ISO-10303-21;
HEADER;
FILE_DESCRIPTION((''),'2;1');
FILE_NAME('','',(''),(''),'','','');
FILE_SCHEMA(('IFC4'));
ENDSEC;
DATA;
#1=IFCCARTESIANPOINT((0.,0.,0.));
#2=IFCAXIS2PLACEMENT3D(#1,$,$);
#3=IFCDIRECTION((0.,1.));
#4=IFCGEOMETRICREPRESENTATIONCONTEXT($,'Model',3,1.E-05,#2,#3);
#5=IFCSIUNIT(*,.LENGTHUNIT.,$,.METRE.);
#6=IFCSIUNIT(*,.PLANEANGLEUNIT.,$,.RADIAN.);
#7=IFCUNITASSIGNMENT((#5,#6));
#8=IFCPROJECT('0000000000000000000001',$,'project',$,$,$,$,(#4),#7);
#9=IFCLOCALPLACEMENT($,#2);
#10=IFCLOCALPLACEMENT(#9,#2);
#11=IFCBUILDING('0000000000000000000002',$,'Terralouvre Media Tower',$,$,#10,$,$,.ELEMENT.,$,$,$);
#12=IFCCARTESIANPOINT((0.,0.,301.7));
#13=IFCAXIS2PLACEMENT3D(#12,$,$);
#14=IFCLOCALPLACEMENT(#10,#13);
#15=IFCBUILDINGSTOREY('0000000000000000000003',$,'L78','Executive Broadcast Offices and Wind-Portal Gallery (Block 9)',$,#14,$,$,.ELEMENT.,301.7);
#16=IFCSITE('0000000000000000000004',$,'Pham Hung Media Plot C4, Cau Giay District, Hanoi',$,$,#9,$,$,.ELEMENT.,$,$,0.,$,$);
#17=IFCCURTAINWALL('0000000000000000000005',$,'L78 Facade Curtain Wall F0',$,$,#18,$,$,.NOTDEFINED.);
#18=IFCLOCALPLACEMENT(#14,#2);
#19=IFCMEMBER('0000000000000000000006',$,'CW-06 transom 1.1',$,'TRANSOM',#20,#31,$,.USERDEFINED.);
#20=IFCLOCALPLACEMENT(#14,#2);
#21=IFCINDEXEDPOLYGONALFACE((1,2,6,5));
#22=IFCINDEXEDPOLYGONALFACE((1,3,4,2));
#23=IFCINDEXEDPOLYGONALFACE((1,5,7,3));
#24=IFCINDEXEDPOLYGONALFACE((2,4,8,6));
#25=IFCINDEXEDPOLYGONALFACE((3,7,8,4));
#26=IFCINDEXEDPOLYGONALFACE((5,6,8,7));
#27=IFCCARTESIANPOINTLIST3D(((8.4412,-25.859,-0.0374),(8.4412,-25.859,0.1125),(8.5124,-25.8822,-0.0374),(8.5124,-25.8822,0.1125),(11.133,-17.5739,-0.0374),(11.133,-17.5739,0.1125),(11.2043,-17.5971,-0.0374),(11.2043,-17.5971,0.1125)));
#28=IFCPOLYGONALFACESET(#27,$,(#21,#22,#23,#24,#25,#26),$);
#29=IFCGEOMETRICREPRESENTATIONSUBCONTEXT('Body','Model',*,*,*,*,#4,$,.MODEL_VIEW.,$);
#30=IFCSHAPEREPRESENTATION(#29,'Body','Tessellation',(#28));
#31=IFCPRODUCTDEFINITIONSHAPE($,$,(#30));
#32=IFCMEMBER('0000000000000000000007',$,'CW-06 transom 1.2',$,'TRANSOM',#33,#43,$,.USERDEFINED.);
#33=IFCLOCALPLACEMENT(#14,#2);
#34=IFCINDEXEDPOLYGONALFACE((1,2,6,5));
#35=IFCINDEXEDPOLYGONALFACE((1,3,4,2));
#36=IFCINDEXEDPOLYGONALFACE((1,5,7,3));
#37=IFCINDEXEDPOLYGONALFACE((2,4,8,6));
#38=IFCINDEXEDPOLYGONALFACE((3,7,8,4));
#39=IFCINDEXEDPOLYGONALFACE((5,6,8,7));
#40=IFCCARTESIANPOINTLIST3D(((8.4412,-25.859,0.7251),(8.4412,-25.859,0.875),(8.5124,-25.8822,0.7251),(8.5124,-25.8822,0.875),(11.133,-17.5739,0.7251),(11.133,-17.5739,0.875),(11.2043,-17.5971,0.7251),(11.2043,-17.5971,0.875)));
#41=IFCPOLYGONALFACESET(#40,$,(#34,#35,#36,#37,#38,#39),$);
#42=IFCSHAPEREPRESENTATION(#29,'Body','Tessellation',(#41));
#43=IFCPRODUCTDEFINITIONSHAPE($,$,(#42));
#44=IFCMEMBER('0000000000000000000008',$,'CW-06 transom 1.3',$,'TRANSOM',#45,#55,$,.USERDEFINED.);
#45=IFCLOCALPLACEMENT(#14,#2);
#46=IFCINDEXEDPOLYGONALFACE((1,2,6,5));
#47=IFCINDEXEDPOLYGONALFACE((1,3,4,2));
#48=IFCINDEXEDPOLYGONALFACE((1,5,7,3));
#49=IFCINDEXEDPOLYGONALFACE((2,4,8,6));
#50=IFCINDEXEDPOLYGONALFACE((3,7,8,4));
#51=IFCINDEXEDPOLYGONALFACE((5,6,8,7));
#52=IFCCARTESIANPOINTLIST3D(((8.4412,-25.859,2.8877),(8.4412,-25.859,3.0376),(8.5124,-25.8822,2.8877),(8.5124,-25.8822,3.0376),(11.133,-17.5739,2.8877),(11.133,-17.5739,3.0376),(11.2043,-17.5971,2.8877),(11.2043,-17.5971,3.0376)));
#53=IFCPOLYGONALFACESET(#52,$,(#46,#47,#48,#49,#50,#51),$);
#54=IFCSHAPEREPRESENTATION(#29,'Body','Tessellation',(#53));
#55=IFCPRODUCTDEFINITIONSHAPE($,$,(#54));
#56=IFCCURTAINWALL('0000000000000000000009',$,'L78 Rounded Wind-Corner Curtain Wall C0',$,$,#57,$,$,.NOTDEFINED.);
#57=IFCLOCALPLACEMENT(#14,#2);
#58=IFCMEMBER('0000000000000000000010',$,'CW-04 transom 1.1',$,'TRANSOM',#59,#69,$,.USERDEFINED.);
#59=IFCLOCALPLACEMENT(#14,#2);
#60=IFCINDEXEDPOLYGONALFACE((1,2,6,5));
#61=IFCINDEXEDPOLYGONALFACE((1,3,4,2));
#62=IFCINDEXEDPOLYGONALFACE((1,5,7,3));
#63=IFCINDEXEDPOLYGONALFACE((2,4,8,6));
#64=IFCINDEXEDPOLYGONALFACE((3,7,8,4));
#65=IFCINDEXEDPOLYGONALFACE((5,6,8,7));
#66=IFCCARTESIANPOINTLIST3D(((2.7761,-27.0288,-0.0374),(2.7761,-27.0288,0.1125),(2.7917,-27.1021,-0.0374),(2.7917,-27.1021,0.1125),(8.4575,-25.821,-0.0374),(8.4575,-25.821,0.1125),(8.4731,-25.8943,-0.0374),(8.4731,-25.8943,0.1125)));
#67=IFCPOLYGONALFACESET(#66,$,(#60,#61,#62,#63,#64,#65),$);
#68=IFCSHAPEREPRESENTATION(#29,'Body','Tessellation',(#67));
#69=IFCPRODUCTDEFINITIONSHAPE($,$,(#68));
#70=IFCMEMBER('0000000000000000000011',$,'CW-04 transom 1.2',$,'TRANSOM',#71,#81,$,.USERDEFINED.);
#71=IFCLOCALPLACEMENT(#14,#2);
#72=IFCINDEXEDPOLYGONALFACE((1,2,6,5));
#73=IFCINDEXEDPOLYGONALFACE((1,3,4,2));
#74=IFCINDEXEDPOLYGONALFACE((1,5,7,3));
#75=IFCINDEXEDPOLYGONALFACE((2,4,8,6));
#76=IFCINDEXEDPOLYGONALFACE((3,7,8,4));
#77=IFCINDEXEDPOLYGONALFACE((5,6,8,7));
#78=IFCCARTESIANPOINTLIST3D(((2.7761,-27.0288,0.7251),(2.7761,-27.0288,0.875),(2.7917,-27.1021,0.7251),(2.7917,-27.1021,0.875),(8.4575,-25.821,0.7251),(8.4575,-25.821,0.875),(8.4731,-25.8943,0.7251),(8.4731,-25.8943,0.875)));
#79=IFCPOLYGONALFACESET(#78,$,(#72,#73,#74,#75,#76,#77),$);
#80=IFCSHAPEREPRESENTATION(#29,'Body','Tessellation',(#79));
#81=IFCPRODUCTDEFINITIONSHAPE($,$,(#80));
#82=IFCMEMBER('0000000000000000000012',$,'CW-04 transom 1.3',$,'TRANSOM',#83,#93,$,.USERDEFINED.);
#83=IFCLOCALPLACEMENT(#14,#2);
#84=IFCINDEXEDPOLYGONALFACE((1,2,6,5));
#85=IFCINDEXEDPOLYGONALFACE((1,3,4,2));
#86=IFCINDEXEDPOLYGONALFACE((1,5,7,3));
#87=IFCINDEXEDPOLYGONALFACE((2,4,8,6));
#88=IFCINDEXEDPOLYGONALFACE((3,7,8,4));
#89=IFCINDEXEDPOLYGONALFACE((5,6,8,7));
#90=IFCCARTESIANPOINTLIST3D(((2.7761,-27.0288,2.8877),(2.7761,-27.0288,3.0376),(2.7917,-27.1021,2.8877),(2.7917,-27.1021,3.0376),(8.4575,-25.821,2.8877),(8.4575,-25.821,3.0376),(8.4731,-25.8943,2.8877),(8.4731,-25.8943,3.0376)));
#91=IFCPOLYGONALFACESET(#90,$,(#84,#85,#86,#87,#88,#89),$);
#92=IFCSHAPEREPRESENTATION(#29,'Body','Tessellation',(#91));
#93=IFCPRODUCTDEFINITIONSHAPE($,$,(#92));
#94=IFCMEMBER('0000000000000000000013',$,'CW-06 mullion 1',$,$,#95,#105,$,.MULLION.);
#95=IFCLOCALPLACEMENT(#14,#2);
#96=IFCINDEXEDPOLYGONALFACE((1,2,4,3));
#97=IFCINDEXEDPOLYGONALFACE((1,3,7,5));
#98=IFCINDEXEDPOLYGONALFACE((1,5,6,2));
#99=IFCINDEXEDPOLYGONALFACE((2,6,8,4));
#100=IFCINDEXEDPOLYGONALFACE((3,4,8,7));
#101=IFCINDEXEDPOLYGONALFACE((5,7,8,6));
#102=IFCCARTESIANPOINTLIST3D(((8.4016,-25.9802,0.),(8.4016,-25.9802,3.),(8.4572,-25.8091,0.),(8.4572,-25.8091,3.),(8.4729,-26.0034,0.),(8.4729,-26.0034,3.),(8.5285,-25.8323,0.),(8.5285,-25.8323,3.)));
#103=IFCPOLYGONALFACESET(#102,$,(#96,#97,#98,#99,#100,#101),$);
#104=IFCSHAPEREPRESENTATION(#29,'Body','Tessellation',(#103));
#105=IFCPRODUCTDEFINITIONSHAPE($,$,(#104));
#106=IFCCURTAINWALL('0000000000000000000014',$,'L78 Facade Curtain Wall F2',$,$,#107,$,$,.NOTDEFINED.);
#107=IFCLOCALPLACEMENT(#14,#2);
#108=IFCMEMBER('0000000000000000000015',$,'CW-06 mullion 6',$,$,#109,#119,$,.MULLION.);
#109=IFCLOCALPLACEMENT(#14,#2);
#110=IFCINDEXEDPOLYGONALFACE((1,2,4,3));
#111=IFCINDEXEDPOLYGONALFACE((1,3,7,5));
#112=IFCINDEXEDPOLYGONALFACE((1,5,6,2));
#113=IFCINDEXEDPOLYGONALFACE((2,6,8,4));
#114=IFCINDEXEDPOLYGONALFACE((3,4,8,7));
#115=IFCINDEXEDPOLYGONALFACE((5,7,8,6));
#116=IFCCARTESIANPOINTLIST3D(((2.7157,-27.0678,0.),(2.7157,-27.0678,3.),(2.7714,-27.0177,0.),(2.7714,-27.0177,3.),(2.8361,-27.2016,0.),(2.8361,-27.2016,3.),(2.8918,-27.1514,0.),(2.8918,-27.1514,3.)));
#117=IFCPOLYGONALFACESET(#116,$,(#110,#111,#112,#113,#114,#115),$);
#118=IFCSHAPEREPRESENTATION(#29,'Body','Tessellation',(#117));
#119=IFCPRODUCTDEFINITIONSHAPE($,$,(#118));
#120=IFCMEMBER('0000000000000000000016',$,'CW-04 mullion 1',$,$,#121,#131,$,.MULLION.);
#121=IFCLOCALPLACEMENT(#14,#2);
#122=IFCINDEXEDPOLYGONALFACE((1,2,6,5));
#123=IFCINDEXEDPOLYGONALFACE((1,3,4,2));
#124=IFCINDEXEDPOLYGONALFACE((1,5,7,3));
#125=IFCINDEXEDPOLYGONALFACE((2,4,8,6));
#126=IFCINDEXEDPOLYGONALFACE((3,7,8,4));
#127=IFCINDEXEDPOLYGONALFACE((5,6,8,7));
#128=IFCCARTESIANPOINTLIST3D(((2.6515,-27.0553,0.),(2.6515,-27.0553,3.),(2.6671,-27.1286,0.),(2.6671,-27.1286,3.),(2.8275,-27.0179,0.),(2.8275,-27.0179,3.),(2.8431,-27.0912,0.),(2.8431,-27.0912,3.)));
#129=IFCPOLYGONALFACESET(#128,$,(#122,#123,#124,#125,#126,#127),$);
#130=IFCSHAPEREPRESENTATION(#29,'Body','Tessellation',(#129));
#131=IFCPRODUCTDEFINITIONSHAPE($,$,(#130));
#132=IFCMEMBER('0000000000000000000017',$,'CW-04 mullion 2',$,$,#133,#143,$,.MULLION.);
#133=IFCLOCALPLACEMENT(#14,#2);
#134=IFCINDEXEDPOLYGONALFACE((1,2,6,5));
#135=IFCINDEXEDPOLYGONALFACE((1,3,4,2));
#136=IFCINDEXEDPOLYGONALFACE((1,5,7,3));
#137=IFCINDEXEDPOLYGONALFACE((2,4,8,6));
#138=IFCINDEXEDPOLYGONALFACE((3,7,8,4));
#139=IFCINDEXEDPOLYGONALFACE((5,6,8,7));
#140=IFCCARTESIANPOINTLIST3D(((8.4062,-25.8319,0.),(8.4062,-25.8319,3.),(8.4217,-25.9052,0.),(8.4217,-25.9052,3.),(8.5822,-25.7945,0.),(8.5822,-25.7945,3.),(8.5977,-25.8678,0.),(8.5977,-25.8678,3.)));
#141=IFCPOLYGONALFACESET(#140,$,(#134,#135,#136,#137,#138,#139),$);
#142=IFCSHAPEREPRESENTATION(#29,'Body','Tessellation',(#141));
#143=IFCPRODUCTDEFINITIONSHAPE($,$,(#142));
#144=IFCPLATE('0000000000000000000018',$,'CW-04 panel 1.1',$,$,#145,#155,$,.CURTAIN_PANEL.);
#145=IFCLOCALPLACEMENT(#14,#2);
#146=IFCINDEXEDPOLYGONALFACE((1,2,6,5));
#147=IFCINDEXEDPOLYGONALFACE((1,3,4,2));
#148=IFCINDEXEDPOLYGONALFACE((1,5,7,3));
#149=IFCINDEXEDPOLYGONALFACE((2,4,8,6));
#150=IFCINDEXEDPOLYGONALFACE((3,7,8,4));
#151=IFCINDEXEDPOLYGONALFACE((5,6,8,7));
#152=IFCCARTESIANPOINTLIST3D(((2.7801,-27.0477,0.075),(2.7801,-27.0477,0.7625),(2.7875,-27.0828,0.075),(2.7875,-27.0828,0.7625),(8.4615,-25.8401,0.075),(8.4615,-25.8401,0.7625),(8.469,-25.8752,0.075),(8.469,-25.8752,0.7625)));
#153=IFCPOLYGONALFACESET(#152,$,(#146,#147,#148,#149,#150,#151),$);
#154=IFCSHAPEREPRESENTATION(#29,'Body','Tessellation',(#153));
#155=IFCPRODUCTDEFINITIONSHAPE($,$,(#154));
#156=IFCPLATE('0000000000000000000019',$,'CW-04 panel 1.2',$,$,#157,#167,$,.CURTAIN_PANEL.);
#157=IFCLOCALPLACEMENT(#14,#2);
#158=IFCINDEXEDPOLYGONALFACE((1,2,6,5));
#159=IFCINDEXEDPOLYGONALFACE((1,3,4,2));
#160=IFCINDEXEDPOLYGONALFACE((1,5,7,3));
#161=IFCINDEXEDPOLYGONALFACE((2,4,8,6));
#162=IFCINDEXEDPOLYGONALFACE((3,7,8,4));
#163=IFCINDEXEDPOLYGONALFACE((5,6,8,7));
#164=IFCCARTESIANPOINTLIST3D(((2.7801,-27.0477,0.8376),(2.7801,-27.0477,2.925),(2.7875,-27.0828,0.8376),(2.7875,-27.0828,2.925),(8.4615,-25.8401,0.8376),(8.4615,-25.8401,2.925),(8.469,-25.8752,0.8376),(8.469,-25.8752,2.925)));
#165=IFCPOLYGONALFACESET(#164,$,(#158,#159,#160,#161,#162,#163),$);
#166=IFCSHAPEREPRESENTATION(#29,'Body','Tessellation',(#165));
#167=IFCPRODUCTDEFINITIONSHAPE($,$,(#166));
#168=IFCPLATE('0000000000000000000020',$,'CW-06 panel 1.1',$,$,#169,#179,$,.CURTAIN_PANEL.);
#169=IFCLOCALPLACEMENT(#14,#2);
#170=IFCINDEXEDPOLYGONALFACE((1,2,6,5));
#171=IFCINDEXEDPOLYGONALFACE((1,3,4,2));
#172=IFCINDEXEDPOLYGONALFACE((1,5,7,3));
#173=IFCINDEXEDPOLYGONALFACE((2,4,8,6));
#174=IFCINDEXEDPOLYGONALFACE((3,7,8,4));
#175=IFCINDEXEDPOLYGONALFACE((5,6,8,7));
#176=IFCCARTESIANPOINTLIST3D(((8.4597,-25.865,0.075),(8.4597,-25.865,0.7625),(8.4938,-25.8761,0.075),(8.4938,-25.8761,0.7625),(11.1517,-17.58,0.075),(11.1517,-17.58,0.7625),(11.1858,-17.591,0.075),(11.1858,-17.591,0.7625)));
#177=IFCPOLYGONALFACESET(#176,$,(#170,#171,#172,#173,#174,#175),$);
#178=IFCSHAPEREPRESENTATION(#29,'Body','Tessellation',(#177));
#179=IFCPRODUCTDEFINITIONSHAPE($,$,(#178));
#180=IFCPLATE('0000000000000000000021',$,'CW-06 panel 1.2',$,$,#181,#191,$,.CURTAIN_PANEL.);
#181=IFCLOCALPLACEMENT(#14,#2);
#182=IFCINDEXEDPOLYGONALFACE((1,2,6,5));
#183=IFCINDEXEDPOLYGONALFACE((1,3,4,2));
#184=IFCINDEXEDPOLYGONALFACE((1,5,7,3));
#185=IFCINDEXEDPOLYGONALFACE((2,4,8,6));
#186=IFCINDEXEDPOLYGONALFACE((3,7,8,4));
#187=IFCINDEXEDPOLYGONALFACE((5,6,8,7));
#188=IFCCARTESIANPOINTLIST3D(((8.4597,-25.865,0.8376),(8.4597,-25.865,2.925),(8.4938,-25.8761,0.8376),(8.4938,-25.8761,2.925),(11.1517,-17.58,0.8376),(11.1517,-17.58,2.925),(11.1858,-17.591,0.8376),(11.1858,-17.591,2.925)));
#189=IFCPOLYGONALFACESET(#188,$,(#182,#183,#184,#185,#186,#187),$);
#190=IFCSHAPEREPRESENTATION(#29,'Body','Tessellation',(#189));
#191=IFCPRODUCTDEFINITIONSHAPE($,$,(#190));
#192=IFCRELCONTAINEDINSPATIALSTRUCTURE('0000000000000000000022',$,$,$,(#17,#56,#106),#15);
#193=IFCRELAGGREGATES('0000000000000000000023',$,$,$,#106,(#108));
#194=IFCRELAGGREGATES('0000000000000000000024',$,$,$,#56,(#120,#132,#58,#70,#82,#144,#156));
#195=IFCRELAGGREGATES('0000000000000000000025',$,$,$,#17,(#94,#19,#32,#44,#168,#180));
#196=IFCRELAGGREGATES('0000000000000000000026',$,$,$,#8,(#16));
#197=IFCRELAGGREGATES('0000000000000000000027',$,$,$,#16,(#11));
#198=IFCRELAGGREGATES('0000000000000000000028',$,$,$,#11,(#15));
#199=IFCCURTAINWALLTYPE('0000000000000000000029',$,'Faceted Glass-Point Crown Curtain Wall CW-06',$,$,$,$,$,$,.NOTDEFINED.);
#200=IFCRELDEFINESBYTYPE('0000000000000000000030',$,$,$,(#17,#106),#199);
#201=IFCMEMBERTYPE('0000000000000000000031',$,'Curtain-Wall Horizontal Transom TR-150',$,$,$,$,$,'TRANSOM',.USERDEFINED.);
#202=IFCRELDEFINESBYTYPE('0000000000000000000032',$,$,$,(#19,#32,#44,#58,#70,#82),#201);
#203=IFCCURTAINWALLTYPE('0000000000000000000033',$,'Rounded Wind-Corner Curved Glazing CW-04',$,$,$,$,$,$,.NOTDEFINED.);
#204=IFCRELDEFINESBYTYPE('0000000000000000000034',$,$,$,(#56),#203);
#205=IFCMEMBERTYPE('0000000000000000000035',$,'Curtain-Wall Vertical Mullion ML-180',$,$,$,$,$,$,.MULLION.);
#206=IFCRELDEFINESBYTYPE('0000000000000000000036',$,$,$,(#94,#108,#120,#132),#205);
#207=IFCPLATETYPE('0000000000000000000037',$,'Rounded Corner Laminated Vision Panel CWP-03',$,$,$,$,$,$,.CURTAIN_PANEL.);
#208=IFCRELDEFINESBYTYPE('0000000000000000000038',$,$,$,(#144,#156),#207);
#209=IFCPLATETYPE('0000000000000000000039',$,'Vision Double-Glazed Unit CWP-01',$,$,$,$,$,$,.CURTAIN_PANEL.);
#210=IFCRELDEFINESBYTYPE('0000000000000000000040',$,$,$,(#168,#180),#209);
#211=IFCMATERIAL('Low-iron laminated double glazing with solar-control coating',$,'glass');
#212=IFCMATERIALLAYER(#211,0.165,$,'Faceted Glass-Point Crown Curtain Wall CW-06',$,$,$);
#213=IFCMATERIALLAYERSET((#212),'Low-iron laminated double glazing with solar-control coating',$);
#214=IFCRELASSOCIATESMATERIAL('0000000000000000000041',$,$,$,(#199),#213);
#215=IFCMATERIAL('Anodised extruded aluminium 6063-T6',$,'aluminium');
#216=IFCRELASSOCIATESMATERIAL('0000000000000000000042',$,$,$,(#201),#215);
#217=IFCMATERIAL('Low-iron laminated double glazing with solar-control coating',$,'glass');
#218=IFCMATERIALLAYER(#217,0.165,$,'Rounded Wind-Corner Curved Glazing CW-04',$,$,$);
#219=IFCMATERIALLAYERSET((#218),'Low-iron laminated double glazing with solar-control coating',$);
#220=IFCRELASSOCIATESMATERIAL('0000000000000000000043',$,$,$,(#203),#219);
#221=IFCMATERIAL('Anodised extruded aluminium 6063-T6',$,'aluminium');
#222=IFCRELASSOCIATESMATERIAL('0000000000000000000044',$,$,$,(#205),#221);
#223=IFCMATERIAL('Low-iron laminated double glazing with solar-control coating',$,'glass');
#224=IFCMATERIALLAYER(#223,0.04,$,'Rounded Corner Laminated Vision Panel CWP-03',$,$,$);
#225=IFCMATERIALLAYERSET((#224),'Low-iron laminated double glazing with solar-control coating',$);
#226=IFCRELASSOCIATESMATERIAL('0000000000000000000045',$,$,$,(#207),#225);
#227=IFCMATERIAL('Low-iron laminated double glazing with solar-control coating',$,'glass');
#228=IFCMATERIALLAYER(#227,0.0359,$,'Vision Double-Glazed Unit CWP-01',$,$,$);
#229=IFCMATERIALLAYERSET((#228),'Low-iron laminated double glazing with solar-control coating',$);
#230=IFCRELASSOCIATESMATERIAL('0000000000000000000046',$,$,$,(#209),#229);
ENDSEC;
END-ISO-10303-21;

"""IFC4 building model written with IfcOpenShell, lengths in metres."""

from ifc_helpers import new_model, si_unit, direction, frame, origin, origin_2d, place, context, subcontext, project, spatial, rectangle, extrude, material, layer, layer_set, material_profile, profile_set, type_object, element, aggregate, save


model = new_model("IFC4")

# Units and contexts
model_context = context("Model", 3, precision=1e-05, world=origin(), true_north=direction((0.0, 1.0)))
body_context = subcontext(model_context, "Body", "Model", "MODEL_VIEW")
ifc_project = project(units=[si_unit("LENGTHUNIT", "METRE"), si_unit("PLANEANGLEUNIT", "RADIAN")], contexts=[model_context])

# Site, building, storey
site_placement = place(None, origin())
site = spatial("IfcSite", under=ifc_project, at=site_placement, Name="Pham Hung Media Plot C4, Cau Giay District, Hanoi", CompositionType="ELEMENT", RefElevation=0.0)
building_placement = place(site_placement, origin())
building = spatial("IfcBuilding", under=site, at=building_placement, Name="Terralouvre Media Tower", CompositionType="ELEMENT")
storey_placement = place(building_placement, frame((0.0, 0.0, 301.7)))
storey = spatial("IfcBuildingStorey", under=building, at=storey_placement, Name="L78", Description="Executive Broadcast Offices and Wind-Portal Gallery (Block 9)", CompositionType="ELEMENT", Elevation=301.7)

# Curtain walls, members
ifc_material_1 = material(Name="Low-iron laminated double glazing with solar-control coating", Category="glass")
ifc_layer_1 = layer(ifc_material_1, 0.165, Name="Faceted Glass-Point Crown Curtain Wall CW-06")
ifc_layer_set_1 = layer_set([ifc_layer_1], Name="Low-iron laminated double glazing with solar-control coating")
curtain_wall_type_1 = type_object("IfcCurtainWallType", Name="Faceted Glass-Point Crown Curtain Wall CW-06", PredefinedType="NOTDEFINED", material=ifc_layer_set_1)
curtain_wall_1_placement = place(storey_placement, origin())
curtain_wall_1 = element("IfcCurtainWall", 1, at=curtain_wall_1_placement, inside=storey, type_object=curtain_wall_type_1, Name="L78 Facade Curtain Wall F0", PredefinedType="NOTDEFINED")
ifc_material_2 = material(Name="Anodised extruded aluminium 6063-T6", Category="aluminium")
ifc_material_profile_1 = material_profile(ifc_material_2, rectangle(XDim=0.075, YDim=0.1499, at=origin_2d()), Name="ALU 75x150")
ifc_profile_set_1 = profile_set([ifc_material_profile_1], Name="Anodised extruded aluminium 6063-T6")
member_type_1 = type_object("IfcMemberType", Name="Curtain-Wall Horizontal Transom TR-150", ElementType="TRANSOM", PredefinedType="USERDEFINED", material=ifc_profile_set_1)
member_1_placement = place(storey_placement, frame((8.4768, -25.8706, 0.0376), z_axis=(0.309005, 0.95106, 0.0), x_axis=(-0.95106, 0.309005, 0.0)))
member_1 = element("IfcMember", 2, at=member_1_placement, type_object=member_type_1, Name="CW-06 transom 1.1", ObjectType="TRANSOM", PredefinedType="USERDEFINED", context=body_context, shape_type="SweptSolid", body=[
    extrude(rectangle(XDim=0.075, YDim=0.1499, at=origin_2d()), origin(), (0.0, 0.0, 1.0), 8.7114),
])
member_2_placement = place(storey_placement, frame((8.4768, -25.8706, 0.8), z_axis=(0.309005, 0.95106, 0.0), x_axis=(-0.95106, 0.309005, 0.0)))
member_2 = element("IfcMember", 3, at=member_2_placement, type_object=member_type_1, Name="CW-06 transom 1.2", ObjectType="TRANSOM", PredefinedType="USERDEFINED", context=body_context, shape_type="SweptSolid", body=[
    extrude(rectangle(XDim=0.075, YDim=0.1499, at=origin_2d()), origin(), (0.0, 0.0, 1.0), 8.7114),
])
member_3_placement = place(storey_placement, frame((8.4768, -25.8706, 2.9626), z_axis=(0.309005, 0.95106, 0.0), x_axis=(-0.95106, 0.309005, 0.0)))
member_3 = element("IfcMember", 4, at=member_3_placement, type_object=member_type_1, Name="CW-06 transom 1.3", ObjectType="TRANSOM", PredefinedType="USERDEFINED", context=body_context, shape_type="SweptSolid", body=[
    extrude(rectangle(XDim=0.075, YDim=0.1499, at=origin_2d()), origin(), (0.0, 0.0, 1.0), 8.7114),
])
ifc_material_3 = material(Name="Low-iron laminated double glazing with solar-control coating", Category="glass")
ifc_layer_2 = layer(ifc_material_3, 0.165, Name="Rounded Wind-Corner Curved Glazing CW-04")
ifc_layer_set_2 = layer_set([ifc_layer_2], Name="Low-iron laminated double glazing with solar-control coating")
curtain_wall_type_2 = type_object("IfcCurtainWallType", Name="Rounded Wind-Corner Curved Glazing CW-04", PredefinedType="NOTDEFINED", material=ifc_layer_set_2)
curtain_wall_2_placement = place(storey_placement, origin())
curtain_wall_2 = element("IfcCurtainWall", 5, at=curtain_wall_2_placement, inside=storey, type_object=curtain_wall_type_2, Name="L78 Rounded Wind-Corner Curtain Wall C0", PredefinedType="NOTDEFINED")
member_4_placement = place(storey_placement, frame((2.7839, -27.0654, 0.0376), z_axis=(0.978143, 0.207936, 0.0), x_axis=(-0.207936, 0.978143, 0.0)))
member_4 = element("IfcMember", 6, at=member_4_placement, type_object=member_type_1, Name="CW-04 transom 1.1", ObjectType="TRANSOM", PredefinedType="USERDEFINED", context=body_context, shape_type="SweptSolid", body=[
    extrude(rectangle(XDim=0.075, YDim=0.1499, at=origin_2d()), origin(), (0.0, 0.0, 1.0), 5.8083),
])
member_5_placement = place(storey_placement, frame((2.7839, -27.0654, 0.8), z_axis=(0.978143, 0.207936, 0.0), x_axis=(-0.207936, 0.978143, 0.0)))
member_5 = element("IfcMember", 7, at=member_5_placement, type_object=member_type_1, Name="CW-04 transom 1.2", ObjectType="TRANSOM", PredefinedType="USERDEFINED", context=body_context, shape_type="SweptSolid", body=[
    extrude(rectangle(XDim=0.075, YDim=0.1499, at=origin_2d()), origin(), (0.0, 0.0, 1.0), 5.8083),
])
member_6_placement = place(storey_placement, frame((2.7839, -27.0654, 2.9626), z_axis=(0.978143, 0.207936, 0.0), x_axis=(-0.207936, 0.978143, 0.0)))
member_6 = element("IfcMember", 8, at=member_6_placement, type_object=member_type_1, Name="CW-04 transom 1.3", ObjectType="TRANSOM", PredefinedType="USERDEFINED", context=body_context, shape_type="SweptSolid", body=[
    extrude(rectangle(XDim=0.075, YDim=0.1499, at=origin_2d()), origin(), (0.0, 0.0, 1.0), 5.8083),
])

# Member
ifc_material_4 = material(Name="Anodised extruded aluminium 6063-T6", Category="aluminium")
ifc_material_profile_2 = material_profile(ifc_material_4, rectangle(XDim=0.075, YDim=0.1799, at=origin_2d()), Name="ALU 75x180")
ifc_profile_set_2 = profile_set([ifc_material_profile_2], Name="Anodised extruded aluminium 6063-T6")
member_type_2 = type_object("IfcMemberType", Name="Curtain-Wall Vertical Mullion ML-180", PredefinedType="MULLION", material=ifc_profile_set_2)
member_7_placement = place(storey_placement, frame((8.4651, -25.9062, 0.0), z_axis=(0.0, 0.0, 1.0), x_axis=(-0.951057, 0.309017, 0.0)))
member_7 = element("IfcMember", 9, at=member_7_placement, type_object=member_type_2, Name="CW-06 mullion 1", PredefinedType="MULLION", context=body_context, shape_type="SweptSolid", body=[
    extrude(rectangle(XDim=0.075, YDim=0.1799, at=origin_2d()), origin(), (0.0, 0.0, 1.0), 3.0),
])

# Curtain wall, member
curtain_wall_3_placement = place(storey_placement, origin())
curtain_wall_3 = element("IfcCurtainWall", 10, at=curtain_wall_3_placement, inside=storey, type_object=curtain_wall_type_1, Name="L78 Facade Curtain Wall F2", PredefinedType="NOTDEFINED")
member_8_placement = place(storey_placement, frame((2.8037, -27.1096, 0.0), z_axis=(0.0, 0.0, 1.0), x_axis=(0.743145, 0.669131, 0.0)))
member_8 = element("IfcMember", 11, at=member_8_placement, type_object=member_type_2, Name="CW-06 mullion 6", PredefinedType="MULLION", context=body_context, shape_type="SweptSolid", body=[
    extrude(rectangle(XDim=0.075, YDim=0.1799, at=origin_2d()), origin(), (0.0, 0.0, 1.0), 3.0),
])
aggregate(curtain_wall_3, [member_8])

# Members
member_9_placement = place(storey_placement, frame((2.7473, -27.0732, 0.0), z_axis=(0.0, 0.0, 1.0), x_axis=(-0.207912, 0.978148, 0.0)))
member_9 = element("IfcMember", 12, at=member_9_placement, type_object=member_type_2, Name="CW-04 mullion 1", PredefinedType="MULLION", context=body_context, shape_type="SweptSolid", body=[
    extrude(rectangle(XDim=0.075, YDim=0.1799, at=origin_2d()), origin(), (0.0, 0.0, 1.0), 3.0),
])
member_10_placement = place(storey_placement, frame((8.502, -25.8499, 0.0), z_axis=(0.0, 0.0, 1.0), x_axis=(-0.207912, 0.978148, 0.0)))
member_10 = element("IfcMember", 13, at=member_10_placement, type_object=member_type_2, Name="CW-04 mullion 2", PredefinedType="MULLION", context=body_context, shape_type="SweptSolid", body=[
    extrude(rectangle(XDim=0.075, YDim=0.1799, at=origin_2d()), origin(), (0.0, 0.0, 1.0), 3.0),
])

# Plates
ifc_material_5 = material(Name="Low-iron laminated double glazing with solar-control coating", Category="glass")
ifc_layer_3 = layer(ifc_material_5, 0.04, Name="Rounded Corner Laminated Vision Panel CWP-03")
ifc_layer_set_3 = layer_set([ifc_layer_3], Name="Low-iron laminated double glazing with solar-control coating")
plate_type_1 = type_object("IfcPlateType", Name="Rounded Corner Laminated Vision Panel CWP-03", PredefinedType="CURTAIN_PANEL", material=ifc_layer_set_3)
plate_1_placement = place(storey_placement, frame((5.6245, -26.4614, 0.075), z_axis=(0.0, 0.0, 1.0), x_axis=(0.978148, 0.207912, 0.0)))
plate_1 = element("IfcPlate", 14, at=plate_1_placement, type_object=plate_type_1, Name="CW-04 panel 1.1", PredefinedType="CURTAIN_PANEL", context=body_context, shape_type="SweptSolid", body=[
    extrude(rectangle(XDim=5.8083, YDim=0.0359, at=origin_2d()), origin(), (0.0, 0.0, 1.0), 0.6875),
])
plate_2_placement = place(storey_placement, frame((5.6245, -26.4614, 0.8376), z_axis=(0.0, 0.0, 1.0), x_axis=(0.978148, 0.207912, 0.0)))
plate_2 = element("IfcPlate", 15, at=plate_2_placement, type_object=plate_type_1, Name="CW-04 panel 1.2", PredefinedType="CURTAIN_PANEL", context=body_context, shape_type="SweptSolid", body=[
    extrude(rectangle(XDim=5.8083, YDim=0.0359, at=origin_2d()), origin(), (0.0, 0.0, 1.0), 2.0874),
])
aggregate(curtain_wall_2, [member_9, member_10, member_4, member_5, member_6, plate_1, plate_2])
ifc_material_6 = material(Name="Low-iron laminated double glazing with solar-control coating", Category="glass")
ifc_layer_4 = layer(ifc_material_6, 0.0359, Name="Vision Double-Glazed Unit CWP-01")
ifc_layer_set_4 = layer_set([ifc_layer_4], Name="Low-iron laminated double glazing with solar-control coating")
plate_type_2 = type_object("IfcPlateType", Name="Vision Double-Glazed Unit CWP-01", PredefinedType="CURTAIN_PANEL", material=ifc_layer_set_4)
plate_3_placement = place(storey_placement, frame((9.8228, -21.728, 0.075), z_axis=(0.0, 0.0, 1.0), x_axis=(0.309017, 0.951057, 0.0)))
plate_3 = element("IfcPlate", 16, at=plate_3_placement, type_object=plate_type_2, Name="CW-06 panel 1.1", PredefinedType="CURTAIN_PANEL", context=body_context, shape_type="SweptSolid", body=[
    extrude(rectangle(XDim=8.7114, YDim=0.0359, at=origin_2d()), origin(), (0.0, 0.0, 1.0), 0.6875),
])
plate_4_placement = place(storey_placement, frame((9.8228, -21.728, 0.8376), z_axis=(0.0, 0.0, 1.0), x_axis=(0.309017, 0.951057, 0.0)))
plate_4 = element("IfcPlate", 17, at=plate_4_placement, type_object=plate_type_2, Name="CW-06 panel 1.2", PredefinedType="CURTAIN_PANEL", context=body_context, shape_type="SweptSolid", body=[
    extrude(rectangle(XDim=8.7114, YDim=0.0359, at=origin_2d()), origin(), (0.0, 0.0, 1.0), 2.0874),
])
aggregate(curtain_wall_1, [member_7, member_1, member_2, member_3, plate_3, plate_4])

save(model, "model.ifc")
